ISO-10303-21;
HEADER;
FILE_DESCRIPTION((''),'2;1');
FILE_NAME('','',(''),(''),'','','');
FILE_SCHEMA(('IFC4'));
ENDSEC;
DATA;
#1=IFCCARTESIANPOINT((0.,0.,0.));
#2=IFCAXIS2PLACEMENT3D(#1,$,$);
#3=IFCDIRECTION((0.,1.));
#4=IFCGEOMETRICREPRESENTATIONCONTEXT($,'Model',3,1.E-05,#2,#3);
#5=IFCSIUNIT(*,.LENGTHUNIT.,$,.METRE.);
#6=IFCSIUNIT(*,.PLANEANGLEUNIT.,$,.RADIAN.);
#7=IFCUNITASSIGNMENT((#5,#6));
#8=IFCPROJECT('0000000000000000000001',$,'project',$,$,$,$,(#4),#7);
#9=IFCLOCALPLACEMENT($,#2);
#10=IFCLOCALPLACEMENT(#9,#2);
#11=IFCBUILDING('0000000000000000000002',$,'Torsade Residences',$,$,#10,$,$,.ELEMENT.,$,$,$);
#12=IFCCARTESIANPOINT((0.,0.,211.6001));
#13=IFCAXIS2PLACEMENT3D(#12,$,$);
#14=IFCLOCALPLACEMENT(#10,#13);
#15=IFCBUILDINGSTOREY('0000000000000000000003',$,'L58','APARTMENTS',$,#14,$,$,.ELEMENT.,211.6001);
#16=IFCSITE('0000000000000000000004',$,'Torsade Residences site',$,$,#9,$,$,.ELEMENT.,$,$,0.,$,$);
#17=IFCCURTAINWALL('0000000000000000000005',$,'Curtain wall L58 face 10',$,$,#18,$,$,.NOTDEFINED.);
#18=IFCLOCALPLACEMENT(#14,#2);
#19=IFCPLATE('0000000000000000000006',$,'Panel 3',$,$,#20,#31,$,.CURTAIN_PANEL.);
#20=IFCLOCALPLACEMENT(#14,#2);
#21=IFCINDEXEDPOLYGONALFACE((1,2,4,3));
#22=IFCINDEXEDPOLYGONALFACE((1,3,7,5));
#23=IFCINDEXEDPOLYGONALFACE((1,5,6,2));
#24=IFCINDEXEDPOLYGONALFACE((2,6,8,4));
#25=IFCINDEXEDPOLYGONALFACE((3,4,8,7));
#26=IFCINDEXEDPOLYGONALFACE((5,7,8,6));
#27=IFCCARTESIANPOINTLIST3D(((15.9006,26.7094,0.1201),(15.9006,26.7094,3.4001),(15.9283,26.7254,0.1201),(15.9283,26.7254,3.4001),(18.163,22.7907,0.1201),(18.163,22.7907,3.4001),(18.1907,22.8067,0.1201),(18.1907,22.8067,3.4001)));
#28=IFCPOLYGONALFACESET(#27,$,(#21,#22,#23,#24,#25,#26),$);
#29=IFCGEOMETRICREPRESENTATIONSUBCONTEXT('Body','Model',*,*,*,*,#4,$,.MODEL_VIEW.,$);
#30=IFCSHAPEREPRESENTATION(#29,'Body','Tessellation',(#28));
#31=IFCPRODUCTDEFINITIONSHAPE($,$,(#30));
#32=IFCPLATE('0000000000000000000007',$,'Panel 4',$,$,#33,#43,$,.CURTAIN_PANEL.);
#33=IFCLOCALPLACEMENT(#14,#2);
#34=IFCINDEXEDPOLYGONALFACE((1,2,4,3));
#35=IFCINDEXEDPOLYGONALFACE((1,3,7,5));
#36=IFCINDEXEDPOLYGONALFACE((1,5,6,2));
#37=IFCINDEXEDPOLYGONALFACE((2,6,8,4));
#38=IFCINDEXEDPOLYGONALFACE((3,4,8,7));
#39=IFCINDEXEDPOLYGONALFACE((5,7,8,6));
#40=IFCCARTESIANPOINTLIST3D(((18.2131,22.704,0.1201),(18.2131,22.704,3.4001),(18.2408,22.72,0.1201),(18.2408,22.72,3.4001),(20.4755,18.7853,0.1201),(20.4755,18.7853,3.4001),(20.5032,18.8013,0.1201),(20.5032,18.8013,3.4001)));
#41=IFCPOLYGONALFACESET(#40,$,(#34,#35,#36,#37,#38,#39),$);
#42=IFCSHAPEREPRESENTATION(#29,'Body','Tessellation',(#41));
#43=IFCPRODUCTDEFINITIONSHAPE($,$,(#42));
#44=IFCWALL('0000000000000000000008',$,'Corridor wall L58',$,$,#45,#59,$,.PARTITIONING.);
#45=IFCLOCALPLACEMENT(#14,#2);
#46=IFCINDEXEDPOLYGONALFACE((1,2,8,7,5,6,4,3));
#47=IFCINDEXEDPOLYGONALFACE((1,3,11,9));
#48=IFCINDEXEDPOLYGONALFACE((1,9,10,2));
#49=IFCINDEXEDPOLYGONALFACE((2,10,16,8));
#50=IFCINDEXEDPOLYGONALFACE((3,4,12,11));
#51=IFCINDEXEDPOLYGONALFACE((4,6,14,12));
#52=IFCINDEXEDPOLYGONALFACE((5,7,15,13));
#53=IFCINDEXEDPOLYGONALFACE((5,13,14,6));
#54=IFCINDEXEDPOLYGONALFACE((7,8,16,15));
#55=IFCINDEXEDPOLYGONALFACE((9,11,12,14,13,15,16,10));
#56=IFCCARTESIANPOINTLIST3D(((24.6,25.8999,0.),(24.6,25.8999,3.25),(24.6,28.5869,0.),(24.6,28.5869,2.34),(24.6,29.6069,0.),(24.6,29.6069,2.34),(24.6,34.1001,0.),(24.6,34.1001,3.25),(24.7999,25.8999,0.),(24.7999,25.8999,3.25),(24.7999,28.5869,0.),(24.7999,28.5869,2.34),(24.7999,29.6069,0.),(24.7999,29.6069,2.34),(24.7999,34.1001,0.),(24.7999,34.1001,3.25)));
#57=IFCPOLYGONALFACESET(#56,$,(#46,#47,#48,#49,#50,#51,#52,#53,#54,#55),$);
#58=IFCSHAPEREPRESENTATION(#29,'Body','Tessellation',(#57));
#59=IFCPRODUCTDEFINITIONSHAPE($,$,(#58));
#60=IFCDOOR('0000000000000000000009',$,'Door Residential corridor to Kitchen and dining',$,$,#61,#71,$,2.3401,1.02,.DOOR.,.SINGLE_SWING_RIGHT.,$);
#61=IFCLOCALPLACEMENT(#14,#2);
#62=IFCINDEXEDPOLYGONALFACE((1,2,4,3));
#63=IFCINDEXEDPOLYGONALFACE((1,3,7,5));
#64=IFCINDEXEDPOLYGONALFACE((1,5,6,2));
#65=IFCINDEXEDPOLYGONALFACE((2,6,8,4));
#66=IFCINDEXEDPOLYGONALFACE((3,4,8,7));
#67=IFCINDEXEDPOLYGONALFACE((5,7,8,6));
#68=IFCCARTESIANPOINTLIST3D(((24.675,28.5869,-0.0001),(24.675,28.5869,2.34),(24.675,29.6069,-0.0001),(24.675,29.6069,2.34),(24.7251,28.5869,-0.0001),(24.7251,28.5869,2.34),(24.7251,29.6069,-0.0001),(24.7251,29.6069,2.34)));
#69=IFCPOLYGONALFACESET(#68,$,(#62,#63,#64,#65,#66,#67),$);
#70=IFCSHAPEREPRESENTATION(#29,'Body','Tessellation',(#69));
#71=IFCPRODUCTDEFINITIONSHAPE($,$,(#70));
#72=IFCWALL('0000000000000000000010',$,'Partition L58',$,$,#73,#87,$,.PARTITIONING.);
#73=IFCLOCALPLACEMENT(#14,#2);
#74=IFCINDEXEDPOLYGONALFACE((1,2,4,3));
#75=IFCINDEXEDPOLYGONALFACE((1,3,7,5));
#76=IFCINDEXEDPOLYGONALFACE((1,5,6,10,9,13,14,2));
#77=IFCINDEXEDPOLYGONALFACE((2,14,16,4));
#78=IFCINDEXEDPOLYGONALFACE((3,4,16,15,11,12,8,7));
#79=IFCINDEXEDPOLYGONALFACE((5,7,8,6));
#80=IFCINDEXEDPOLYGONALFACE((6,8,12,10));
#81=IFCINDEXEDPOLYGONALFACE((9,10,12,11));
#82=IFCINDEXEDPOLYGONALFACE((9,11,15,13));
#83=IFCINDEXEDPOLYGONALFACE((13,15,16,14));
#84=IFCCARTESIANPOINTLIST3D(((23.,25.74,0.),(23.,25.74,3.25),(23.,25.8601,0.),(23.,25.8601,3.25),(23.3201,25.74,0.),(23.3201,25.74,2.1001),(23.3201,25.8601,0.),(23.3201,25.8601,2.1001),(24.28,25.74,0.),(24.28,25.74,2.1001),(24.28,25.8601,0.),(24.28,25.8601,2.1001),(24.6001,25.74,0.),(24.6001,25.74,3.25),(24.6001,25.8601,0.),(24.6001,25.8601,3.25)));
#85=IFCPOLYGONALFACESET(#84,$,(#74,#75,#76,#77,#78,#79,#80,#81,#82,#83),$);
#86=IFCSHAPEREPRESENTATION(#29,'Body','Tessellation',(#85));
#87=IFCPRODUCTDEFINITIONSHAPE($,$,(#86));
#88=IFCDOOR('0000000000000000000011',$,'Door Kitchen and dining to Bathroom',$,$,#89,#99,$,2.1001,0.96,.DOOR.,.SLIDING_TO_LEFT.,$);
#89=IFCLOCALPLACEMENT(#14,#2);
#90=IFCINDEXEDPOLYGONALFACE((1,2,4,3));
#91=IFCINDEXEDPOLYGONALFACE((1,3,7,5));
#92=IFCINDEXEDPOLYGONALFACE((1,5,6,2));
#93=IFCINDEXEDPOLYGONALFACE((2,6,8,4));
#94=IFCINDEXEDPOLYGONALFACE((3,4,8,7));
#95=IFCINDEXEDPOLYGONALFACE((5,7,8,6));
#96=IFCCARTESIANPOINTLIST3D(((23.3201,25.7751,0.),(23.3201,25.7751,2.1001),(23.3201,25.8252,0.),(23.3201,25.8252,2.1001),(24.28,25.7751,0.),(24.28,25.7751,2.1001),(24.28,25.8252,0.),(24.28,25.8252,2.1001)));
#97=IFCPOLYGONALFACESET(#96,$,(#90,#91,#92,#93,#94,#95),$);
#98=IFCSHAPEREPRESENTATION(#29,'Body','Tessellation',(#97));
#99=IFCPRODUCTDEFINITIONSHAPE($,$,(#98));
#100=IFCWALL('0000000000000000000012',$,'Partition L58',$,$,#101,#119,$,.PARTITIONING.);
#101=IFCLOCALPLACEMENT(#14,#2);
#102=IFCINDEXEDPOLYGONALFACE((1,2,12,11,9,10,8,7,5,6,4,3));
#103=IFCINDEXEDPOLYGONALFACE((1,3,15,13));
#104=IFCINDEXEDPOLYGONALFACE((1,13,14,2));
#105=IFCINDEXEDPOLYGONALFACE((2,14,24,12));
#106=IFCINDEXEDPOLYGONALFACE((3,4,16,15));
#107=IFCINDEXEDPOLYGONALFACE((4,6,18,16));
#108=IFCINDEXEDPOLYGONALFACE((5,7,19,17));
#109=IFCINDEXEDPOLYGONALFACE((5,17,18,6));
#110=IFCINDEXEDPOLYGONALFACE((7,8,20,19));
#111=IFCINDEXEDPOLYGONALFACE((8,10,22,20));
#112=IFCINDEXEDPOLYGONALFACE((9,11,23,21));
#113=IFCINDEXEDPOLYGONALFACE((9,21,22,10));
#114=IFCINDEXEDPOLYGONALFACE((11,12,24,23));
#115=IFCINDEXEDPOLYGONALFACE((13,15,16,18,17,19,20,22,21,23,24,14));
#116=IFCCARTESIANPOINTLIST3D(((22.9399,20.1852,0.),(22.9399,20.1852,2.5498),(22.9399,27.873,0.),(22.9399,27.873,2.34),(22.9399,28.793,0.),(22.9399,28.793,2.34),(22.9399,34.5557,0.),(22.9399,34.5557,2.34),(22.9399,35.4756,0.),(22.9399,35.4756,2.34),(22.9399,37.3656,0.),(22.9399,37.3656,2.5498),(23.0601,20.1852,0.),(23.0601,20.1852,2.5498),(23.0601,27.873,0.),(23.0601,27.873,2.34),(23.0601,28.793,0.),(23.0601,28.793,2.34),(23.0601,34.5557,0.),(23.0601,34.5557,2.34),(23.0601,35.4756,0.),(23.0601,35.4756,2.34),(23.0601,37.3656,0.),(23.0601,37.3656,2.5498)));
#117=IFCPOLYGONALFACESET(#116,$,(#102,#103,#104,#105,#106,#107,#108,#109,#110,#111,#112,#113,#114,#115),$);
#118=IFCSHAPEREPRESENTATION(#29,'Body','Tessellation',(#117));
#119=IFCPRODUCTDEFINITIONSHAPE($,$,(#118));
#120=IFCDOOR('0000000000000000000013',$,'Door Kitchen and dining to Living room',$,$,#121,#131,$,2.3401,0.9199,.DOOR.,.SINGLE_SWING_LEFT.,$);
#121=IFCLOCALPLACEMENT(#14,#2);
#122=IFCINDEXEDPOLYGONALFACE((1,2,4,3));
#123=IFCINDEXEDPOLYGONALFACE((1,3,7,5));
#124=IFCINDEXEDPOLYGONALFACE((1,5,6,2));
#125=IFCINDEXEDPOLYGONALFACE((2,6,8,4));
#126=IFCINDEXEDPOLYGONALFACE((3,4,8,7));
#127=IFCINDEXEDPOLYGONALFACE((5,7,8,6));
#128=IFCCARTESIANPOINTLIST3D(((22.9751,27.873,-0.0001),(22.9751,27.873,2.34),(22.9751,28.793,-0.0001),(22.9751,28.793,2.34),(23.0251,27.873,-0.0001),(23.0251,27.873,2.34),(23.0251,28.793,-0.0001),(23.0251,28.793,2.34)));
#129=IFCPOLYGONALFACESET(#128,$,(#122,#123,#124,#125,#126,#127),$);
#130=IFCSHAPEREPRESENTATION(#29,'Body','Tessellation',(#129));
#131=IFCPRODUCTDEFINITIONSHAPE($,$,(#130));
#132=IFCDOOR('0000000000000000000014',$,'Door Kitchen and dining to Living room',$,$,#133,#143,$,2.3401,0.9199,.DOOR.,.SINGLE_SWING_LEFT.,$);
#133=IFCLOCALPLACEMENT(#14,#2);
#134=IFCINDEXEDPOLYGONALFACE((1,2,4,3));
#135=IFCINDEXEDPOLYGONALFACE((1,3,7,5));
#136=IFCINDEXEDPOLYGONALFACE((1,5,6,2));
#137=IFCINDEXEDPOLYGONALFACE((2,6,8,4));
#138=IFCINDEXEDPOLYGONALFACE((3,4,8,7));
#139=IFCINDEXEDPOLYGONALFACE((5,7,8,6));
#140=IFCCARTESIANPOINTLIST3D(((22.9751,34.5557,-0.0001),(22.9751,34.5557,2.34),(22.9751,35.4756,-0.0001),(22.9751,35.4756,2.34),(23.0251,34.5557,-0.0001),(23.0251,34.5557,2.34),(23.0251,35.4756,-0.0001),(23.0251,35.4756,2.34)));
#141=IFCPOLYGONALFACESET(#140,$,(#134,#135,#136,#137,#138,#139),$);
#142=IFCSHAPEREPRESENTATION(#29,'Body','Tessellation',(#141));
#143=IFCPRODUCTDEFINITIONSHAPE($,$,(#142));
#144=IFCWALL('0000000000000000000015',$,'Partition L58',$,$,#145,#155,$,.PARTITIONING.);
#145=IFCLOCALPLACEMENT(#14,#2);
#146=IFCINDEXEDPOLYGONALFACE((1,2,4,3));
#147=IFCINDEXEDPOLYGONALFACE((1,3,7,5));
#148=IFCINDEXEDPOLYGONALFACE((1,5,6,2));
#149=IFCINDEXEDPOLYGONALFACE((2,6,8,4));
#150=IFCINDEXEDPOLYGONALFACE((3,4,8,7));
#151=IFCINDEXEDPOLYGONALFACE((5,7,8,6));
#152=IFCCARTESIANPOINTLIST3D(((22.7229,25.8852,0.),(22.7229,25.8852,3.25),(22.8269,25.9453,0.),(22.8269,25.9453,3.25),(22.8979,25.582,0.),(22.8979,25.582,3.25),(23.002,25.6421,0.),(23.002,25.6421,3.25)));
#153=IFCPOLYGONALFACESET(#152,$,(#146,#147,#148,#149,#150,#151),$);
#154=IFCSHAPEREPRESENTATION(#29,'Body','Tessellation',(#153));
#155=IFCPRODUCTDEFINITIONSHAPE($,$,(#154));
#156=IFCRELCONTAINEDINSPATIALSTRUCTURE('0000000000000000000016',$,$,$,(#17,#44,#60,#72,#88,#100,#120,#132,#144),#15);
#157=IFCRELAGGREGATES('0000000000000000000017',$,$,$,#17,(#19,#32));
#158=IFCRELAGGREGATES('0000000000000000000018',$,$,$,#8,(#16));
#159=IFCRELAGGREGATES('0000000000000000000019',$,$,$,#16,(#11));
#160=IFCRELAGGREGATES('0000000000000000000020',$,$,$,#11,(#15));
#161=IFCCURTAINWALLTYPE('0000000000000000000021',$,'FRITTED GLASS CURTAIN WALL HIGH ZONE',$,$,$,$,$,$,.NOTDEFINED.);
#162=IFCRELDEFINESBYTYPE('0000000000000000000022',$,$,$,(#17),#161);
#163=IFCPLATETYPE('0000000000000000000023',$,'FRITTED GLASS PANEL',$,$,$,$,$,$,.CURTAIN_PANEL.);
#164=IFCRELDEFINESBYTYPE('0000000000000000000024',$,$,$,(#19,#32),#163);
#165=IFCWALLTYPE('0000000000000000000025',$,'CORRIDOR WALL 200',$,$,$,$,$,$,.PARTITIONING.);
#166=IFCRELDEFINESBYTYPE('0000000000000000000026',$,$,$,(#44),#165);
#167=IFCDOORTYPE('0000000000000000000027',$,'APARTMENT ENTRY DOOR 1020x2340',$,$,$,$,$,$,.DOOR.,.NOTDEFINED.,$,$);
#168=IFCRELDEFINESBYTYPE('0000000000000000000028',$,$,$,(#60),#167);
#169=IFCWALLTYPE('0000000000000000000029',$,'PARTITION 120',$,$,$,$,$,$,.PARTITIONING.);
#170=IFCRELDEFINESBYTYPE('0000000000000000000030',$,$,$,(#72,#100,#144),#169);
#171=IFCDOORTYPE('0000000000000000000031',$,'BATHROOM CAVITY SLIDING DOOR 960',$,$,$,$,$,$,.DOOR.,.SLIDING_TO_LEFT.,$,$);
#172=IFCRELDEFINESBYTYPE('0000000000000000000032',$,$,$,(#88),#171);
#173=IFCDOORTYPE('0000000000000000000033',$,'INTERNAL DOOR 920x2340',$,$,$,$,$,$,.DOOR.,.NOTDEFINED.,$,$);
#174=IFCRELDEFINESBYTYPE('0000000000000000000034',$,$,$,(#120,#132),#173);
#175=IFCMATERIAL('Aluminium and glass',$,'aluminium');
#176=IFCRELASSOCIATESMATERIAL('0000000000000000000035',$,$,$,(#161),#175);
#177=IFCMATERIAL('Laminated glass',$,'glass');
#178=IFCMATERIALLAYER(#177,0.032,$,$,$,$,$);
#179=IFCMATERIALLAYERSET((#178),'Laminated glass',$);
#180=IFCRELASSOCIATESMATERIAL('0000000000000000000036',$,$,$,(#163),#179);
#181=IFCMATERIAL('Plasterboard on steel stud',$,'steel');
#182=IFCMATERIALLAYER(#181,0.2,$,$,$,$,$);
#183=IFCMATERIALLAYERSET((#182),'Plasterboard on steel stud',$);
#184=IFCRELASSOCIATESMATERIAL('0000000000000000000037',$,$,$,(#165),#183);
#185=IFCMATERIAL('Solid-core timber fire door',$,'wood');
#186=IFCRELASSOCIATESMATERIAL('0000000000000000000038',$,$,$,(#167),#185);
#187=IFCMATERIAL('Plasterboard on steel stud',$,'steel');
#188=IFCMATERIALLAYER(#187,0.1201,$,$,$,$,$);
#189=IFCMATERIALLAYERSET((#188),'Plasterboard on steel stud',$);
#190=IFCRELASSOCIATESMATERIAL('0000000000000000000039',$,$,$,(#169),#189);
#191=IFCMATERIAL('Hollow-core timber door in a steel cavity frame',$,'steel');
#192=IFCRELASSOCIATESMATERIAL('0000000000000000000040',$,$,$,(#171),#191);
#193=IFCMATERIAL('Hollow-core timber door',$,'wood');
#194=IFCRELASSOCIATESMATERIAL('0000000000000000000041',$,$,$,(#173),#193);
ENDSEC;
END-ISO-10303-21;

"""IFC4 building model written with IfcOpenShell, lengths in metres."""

from ifc_helpers import new_model, si_unit, direction, frame, frame_2d, origin, origin_2d, place, context, subcontext, project, spatial, rectangle, extrude, material, layer, layer_set, type_object, element, fill, aggregate, save


model = new_model("IFC4")

# Units and contexts
model_context = context("Model", 3, precision=1e-05, world=origin(), true_north=direction((0.0, 1.0)))
body_context = subcontext(model_context, "Body", "Model", "MODEL_VIEW")
ifc_project = project(units=[si_unit("LENGTHUNIT", "METRE"), si_unit("PLANEANGLEUNIT", "RADIAN")], contexts=[model_context])

# Site, building, storey
site_placement = place(None, origin())
site = spatial("IfcSite", under=ifc_project, at=site_placement, Name="Torsade Residences site", CompositionType="ELEMENT", RefElevation=0.0)
building_placement = place(site_placement, origin())
building = spatial("IfcBuilding", under=site, at=building_placement, Name="Torsade Residences", CompositionType="ELEMENT")
storey_placement = place(building_placement, frame((0.0, 0.0, 211.6001)))
storey = spatial("IfcBuildingStorey", under=building, at=storey_placement, Name="L58", Description="APARTMENTS", CompositionType="ELEMENT", Elevation=211.6001)

# Curtain wall
ifc_material_1 = material(Name="Aluminium and glass", Category="aluminium")
curtain_wall_type = type_object("IfcCurtainWallType", Name="FRITTED GLASS CURTAIN WALL HIGH ZONE", PredefinedType="NOTDEFINED", material=ifc_material_1)
curtain_wall_placement = place(storey_placement, origin())
curtain_wall = element("IfcCurtainWall", 1, at=curtain_wall_placement, inside=storey, type_object=curtain_wall_type, Name="Curtain wall L58 face 10", PredefinedType="NOTDEFINED")

# Plates
ifc_material_2 = material(Name="Laminated glass", Category="glass")
ifc_layer_1 = layer(ifc_material_2, 0.032)
ifc_layer_set_1 = layer_set([ifc_layer_1], Name="Laminated glass")
plate_type = type_object("IfcPlateType", Name="FRITTED GLASS PANEL", PredefinedType="CURTAIN_PANEL", material=ifc_layer_set_1)
plate_1_placement = place(storey_placement, frame((17.0457, 24.7581, 0.1201), z_axis=(0.0, 0.0, 1.0), x_axis=(0.5, -0.866025, 0.0)))
plate_1 = element("IfcPlate", 2, at=plate_1_placement, type_object=plate_type, Name="Panel 3", PredefinedType="CURTAIN_PANEL", context=body_context, shape_type="SweptSolid", body=[
    extrude(rectangle(XDim=4.5249, YDim=0.032, at=origin_2d()), origin(), (0.0, 0.0, 1.0), 3.28),
])
plate_2_placement = place(storey_placement, frame((19.3582, 20.7527, 0.1201), z_axis=(0.0, 0.0, 1.0), x_axis=(0.5, -0.866025, 0.0)))
plate_2 = element("IfcPlate", 3, at=plate_2_placement, type_object=plate_type, Name="Panel 4", PredefinedType="CURTAIN_PANEL", context=body_context, shape_type="SweptSolid", body=[
    extrude(rectangle(XDim=4.5249, YDim=0.032, at=origin_2d()), origin(), (0.0, 0.0, 1.0), 3.28),
])
aggregate(curtain_wall, [plate_1, plate_2])

# Walls, openings, doors
ifc_material_3 = material(Name="Plasterboard on steel stud", Category="steel")
ifc_layer_2 = layer(ifc_material_3, 0.2)
ifc_layer_set_2 = layer_set([ifc_layer_2], Name="Plasterboard on steel stud")
wall_type_1 = type_object("IfcWallType", Name="CORRIDOR WALL 200", PredefinedType="PARTITIONING", material=ifc_layer_set_2)
wall_1_placement = place(storey_placement, frame((24.7, 25.8999, 0.0), z_axis=(0.0, 0.0, 1.0), x_axis=(0.0, 1.0, 0.0)))
wall_1 = element("IfcWall", 4, at=wall_1_placement, inside=storey, type_object=wall_type_1, Name="Corridor wall L58", PredefinedType="PARTITIONING", context=body_context, shape_type="SweptSolid", body=[
    extrude(rectangle(XDim=8.2002, YDim=0.2, at=frame_2d((4.1001, 0.0))), origin(), (0.0, 0.0, 1.0), 3.25),
])
opening_1_placement = place(wall_1_placement, frame((2.687, 0.0, 0.0)))
opening_1 = element("IfcOpeningElement", 5, at=opening_1_placement, cuts=wall_1, PredefinedType="OPENING", context=body_context, shape_type="SweptSolid", body=[
    extrude(rectangle(XDim=1.02, YDim=2.3401, at=frame_2d((0.51, 1.1699))), frame((0.0, 0.1099, 0.0), z_axis=(0.0, -1.0, 0.0), x_axis=(1.0, 0.0, 0.0)), (0.0, 0.0, 1.0), 0.22),
])
ifc_material_4 = material(Name="Solid-core timber fire door", Category="wood")
door_type_1 = type_object("IfcDoorType", Name="APARTMENT ENTRY DOOR 1020x2340", OperationType="NOTDEFINED", PredefinedType="DOOR", material=ifc_material_4)
door_1_placement = place(opening_1_placement, origin())
door_1 = element("IfcDoor", 6, at=door_1_placement, inside=storey, type_object=door_type_1, Name="Door Residential corridor to Kitchen and dining", OperationType="SINGLE_SWING_RIGHT", OverallHeight=2.3401, OverallWidth=1.02, PredefinedType="DOOR", context=body_context, shape_type="SweptSolid", body=[
    extrude(rectangle(XDim=1.02, YDim=2.3401, at=frame_2d((0.51, 1.1699))), frame((0.0, 0.0249, 0.0), z_axis=(0.0, -1.0, 0.0), x_axis=(1.0, 0.0, 0.0)), (0.0, 0.0, 1.0), 0.05),
])
fill(opening_1, door_1)
ifc_material_5 = material(Name="Plasterboard on steel stud", Category="steel")
ifc_layer_3 = layer(ifc_material_5, 0.1201)
ifc_layer_set_3 = layer_set([ifc_layer_3], Name="Plasterboard on steel stud")
wall_type_2 = type_object("IfcWallType", Name="PARTITION 120", PredefinedType="PARTITIONING", material=ifc_layer_set_3)
wall_2_placement = place(storey_placement, frame((24.6001, 25.8, 0.0), z_axis=(0.0, 0.0, 1.0), x_axis=(-1.0, 0.0, 0.0)))
wall_2 = element("IfcWall", 7, at=wall_2_placement, inside=storey, type_object=wall_type_2, Name="Partition L58", PredefinedType="PARTITIONING", context=body_context, shape_type="SweptSolid", body=[
    extrude(rectangle(XDim=1.6001, YDim=0.1201, at=frame_2d((0.8, 0.0))), origin(), (0.0, 0.0, 1.0), 3.25),
])
opening_2_placement = place(wall_2_placement, frame((0.3201, 0.0, 0.0)))
opening_2 = element("IfcOpeningElement", 8, at=opening_2_placement, cuts=wall_2, PredefinedType="OPENING", context=body_context, shape_type="SweptSolid", body=[
    extrude(rectangle(XDim=0.96, YDim=2.1001, at=frame_2d((0.48, 1.05))), frame((0.0, 0.0701, 0.0), z_axis=(0.0, -1.0, 0.0), x_axis=(1.0, 0.0, 0.0)), (0.0, 0.0, 1.0), 0.1401),
])
ifc_material_6 = material(Name="Hollow-core timber door in a steel cavity frame", Category="steel")
door_type_2 = type_object("IfcDoorType", Name="BATHROOM CAVITY SLIDING DOOR 960", OperationType="SLIDING_TO_LEFT", PredefinedType="DOOR", material=ifc_material_6)
door_2_placement = place(opening_2_placement, origin())
door_2 = element("IfcDoor", 9, at=door_2_placement, inside=storey, type_object=door_type_2, Name="Door Kitchen and dining to Bathroom", OperationType="SLIDING_TO_LEFT", OverallHeight=2.1001, OverallWidth=0.96, PredefinedType="DOOR", context=body_context, shape_type="SweptSolid", body=[
    extrude(rectangle(XDim=0.96, YDim=2.1001, at=frame_2d((0.48, 1.05))), frame((0.0, 0.0249, 0.0), z_axis=(0.0, -1.0, 0.0), x_axis=(1.0, 0.0, 0.0)), (0.0, 0.0, 1.0), 0.05),
])
fill(opening_2, door_2)

# Wall, openings, doors
wall_3_placement = place(storey_placement, frame((23.0, 20.1851, 0.0), z_axis=(0.0, 0.0, 1.0), x_axis=(0.0, 1.0, 0.0)))
wall_3 = element("IfcWall", 10, at=wall_3_placement, inside=storey, type_object=wall_type_2, Name="Partition L58", PredefinedType="PARTITIONING", context=body_context, shape_type="SweptSolid", body=[
    extrude(rectangle(XDim=17.1804, YDim=0.1201, at=frame_2d((8.5903, 0.0))), origin(), (0.0, 0.0, 1.0), 2.5498),
])
opening_3_placement = place(wall_3_placement, frame((7.688, 0.0, 0.0)))
opening_3 = element("IfcOpeningElement", 11, at=opening_3_placement, cuts=wall_3, PredefinedType="OPENING", context=body_context, shape_type="SweptSolid", body=[
    extrude(rectangle(XDim=0.9199, YDim=2.3401, at=frame_2d((0.46, 1.1699))), frame((0.0, 0.0701, 0.0), z_axis=(0.0, -1.0, 0.0), x_axis=(1.0, 0.0, 0.0)), (0.0, 0.0, 1.0), 0.1401),
])
opening_4_placement = place(wall_3_placement, frame((14.3706, 0.0, 0.0)))
opening_4 = element("IfcOpeningElement", 12, at=opening_4_placement, cuts=wall_3, PredefinedType="OPENING", context=body_context, shape_type="SweptSolid", body=[
    extrude(rectangle(XDim=0.9199, YDim=2.3401, at=frame_2d((0.46, 1.1699))), frame((0.0, 0.0701, 0.0), z_axis=(0.0, -1.0, 0.0), x_axis=(1.0, 0.0, 0.0)), (0.0, 0.0, 1.0), 0.1401),
])
ifc_material_7 = material(Name="Hollow-core timber door", Category="wood")
door_type_3 = type_object("IfcDoorType", Name="INTERNAL DOOR 920x2340", OperationType="NOTDEFINED", PredefinedType="DOOR", material=ifc_material_7)
door_3_placement = place(opening_3_placement, origin())
door_3 = element("IfcDoor", 13, at=door_3_placement, inside=storey, type_object=door_type_3, Name="Door Kitchen and dining to Living room", OperationType="SINGLE_SWING_LEFT", OverallHeight=2.3401, OverallWidth=0.9199, PredefinedType="DOOR", context=body_context, shape_type="SweptSolid", body=[
    extrude(rectangle(XDim=0.9199, YDim=2.3401, at=frame_2d((0.46, 1.1699))), frame((0.0, 0.0249, 0.0), z_axis=(0.0, -1.0, 0.0), x_axis=(1.0, 0.0, 0.0)), (0.0, 0.0, 1.0), 0.05),
])
fill(opening_3, door_3)
door_4_placement = place(opening_4_placement, origin())
door_4 = element("IfcDoor", 14, at=door_4_placement, inside=storey, type_object=door_type_3, Name="Door Kitchen and dining to Living room", OperationType="SINGLE_SWING_LEFT", OverallHeight=2.3401, OverallWidth=0.9199, PredefinedType="DOOR", context=body_context, shape_type="SweptSolid", body=[
    extrude(rectangle(XDim=0.9199, YDim=2.3401, at=frame_2d((0.46, 1.1699))), frame((0.0, 0.0249, 0.0), z_axis=(0.0, -1.0, 0.0), x_axis=(1.0, 0.0, 0.0)), (0.0, 0.0, 1.0), 0.05),
])
fill(opening_4, door_4)

# Wall
wall_4_placement = place(storey_placement, frame((22.95, 25.6121, 0.0), z_axis=(0.0, 0.0, 1.0), x_axis=(-0.499964, 0.866046, 0.0)))
element("IfcWall", 15, at=wall_4_placement, inside=storey, type_object=wall_type_2, Name="Partition L58", PredefinedType="PARTITIONING", context=body_context, shape_type="SweptSolid", body=[
    extrude(rectangle(XDim=0.3501, YDim=0.1201, at=frame_2d((0.175, 0.0))), origin(), (0.0, 0.0, 1.0), 3.25),
])

save(model, "model.ifc")
